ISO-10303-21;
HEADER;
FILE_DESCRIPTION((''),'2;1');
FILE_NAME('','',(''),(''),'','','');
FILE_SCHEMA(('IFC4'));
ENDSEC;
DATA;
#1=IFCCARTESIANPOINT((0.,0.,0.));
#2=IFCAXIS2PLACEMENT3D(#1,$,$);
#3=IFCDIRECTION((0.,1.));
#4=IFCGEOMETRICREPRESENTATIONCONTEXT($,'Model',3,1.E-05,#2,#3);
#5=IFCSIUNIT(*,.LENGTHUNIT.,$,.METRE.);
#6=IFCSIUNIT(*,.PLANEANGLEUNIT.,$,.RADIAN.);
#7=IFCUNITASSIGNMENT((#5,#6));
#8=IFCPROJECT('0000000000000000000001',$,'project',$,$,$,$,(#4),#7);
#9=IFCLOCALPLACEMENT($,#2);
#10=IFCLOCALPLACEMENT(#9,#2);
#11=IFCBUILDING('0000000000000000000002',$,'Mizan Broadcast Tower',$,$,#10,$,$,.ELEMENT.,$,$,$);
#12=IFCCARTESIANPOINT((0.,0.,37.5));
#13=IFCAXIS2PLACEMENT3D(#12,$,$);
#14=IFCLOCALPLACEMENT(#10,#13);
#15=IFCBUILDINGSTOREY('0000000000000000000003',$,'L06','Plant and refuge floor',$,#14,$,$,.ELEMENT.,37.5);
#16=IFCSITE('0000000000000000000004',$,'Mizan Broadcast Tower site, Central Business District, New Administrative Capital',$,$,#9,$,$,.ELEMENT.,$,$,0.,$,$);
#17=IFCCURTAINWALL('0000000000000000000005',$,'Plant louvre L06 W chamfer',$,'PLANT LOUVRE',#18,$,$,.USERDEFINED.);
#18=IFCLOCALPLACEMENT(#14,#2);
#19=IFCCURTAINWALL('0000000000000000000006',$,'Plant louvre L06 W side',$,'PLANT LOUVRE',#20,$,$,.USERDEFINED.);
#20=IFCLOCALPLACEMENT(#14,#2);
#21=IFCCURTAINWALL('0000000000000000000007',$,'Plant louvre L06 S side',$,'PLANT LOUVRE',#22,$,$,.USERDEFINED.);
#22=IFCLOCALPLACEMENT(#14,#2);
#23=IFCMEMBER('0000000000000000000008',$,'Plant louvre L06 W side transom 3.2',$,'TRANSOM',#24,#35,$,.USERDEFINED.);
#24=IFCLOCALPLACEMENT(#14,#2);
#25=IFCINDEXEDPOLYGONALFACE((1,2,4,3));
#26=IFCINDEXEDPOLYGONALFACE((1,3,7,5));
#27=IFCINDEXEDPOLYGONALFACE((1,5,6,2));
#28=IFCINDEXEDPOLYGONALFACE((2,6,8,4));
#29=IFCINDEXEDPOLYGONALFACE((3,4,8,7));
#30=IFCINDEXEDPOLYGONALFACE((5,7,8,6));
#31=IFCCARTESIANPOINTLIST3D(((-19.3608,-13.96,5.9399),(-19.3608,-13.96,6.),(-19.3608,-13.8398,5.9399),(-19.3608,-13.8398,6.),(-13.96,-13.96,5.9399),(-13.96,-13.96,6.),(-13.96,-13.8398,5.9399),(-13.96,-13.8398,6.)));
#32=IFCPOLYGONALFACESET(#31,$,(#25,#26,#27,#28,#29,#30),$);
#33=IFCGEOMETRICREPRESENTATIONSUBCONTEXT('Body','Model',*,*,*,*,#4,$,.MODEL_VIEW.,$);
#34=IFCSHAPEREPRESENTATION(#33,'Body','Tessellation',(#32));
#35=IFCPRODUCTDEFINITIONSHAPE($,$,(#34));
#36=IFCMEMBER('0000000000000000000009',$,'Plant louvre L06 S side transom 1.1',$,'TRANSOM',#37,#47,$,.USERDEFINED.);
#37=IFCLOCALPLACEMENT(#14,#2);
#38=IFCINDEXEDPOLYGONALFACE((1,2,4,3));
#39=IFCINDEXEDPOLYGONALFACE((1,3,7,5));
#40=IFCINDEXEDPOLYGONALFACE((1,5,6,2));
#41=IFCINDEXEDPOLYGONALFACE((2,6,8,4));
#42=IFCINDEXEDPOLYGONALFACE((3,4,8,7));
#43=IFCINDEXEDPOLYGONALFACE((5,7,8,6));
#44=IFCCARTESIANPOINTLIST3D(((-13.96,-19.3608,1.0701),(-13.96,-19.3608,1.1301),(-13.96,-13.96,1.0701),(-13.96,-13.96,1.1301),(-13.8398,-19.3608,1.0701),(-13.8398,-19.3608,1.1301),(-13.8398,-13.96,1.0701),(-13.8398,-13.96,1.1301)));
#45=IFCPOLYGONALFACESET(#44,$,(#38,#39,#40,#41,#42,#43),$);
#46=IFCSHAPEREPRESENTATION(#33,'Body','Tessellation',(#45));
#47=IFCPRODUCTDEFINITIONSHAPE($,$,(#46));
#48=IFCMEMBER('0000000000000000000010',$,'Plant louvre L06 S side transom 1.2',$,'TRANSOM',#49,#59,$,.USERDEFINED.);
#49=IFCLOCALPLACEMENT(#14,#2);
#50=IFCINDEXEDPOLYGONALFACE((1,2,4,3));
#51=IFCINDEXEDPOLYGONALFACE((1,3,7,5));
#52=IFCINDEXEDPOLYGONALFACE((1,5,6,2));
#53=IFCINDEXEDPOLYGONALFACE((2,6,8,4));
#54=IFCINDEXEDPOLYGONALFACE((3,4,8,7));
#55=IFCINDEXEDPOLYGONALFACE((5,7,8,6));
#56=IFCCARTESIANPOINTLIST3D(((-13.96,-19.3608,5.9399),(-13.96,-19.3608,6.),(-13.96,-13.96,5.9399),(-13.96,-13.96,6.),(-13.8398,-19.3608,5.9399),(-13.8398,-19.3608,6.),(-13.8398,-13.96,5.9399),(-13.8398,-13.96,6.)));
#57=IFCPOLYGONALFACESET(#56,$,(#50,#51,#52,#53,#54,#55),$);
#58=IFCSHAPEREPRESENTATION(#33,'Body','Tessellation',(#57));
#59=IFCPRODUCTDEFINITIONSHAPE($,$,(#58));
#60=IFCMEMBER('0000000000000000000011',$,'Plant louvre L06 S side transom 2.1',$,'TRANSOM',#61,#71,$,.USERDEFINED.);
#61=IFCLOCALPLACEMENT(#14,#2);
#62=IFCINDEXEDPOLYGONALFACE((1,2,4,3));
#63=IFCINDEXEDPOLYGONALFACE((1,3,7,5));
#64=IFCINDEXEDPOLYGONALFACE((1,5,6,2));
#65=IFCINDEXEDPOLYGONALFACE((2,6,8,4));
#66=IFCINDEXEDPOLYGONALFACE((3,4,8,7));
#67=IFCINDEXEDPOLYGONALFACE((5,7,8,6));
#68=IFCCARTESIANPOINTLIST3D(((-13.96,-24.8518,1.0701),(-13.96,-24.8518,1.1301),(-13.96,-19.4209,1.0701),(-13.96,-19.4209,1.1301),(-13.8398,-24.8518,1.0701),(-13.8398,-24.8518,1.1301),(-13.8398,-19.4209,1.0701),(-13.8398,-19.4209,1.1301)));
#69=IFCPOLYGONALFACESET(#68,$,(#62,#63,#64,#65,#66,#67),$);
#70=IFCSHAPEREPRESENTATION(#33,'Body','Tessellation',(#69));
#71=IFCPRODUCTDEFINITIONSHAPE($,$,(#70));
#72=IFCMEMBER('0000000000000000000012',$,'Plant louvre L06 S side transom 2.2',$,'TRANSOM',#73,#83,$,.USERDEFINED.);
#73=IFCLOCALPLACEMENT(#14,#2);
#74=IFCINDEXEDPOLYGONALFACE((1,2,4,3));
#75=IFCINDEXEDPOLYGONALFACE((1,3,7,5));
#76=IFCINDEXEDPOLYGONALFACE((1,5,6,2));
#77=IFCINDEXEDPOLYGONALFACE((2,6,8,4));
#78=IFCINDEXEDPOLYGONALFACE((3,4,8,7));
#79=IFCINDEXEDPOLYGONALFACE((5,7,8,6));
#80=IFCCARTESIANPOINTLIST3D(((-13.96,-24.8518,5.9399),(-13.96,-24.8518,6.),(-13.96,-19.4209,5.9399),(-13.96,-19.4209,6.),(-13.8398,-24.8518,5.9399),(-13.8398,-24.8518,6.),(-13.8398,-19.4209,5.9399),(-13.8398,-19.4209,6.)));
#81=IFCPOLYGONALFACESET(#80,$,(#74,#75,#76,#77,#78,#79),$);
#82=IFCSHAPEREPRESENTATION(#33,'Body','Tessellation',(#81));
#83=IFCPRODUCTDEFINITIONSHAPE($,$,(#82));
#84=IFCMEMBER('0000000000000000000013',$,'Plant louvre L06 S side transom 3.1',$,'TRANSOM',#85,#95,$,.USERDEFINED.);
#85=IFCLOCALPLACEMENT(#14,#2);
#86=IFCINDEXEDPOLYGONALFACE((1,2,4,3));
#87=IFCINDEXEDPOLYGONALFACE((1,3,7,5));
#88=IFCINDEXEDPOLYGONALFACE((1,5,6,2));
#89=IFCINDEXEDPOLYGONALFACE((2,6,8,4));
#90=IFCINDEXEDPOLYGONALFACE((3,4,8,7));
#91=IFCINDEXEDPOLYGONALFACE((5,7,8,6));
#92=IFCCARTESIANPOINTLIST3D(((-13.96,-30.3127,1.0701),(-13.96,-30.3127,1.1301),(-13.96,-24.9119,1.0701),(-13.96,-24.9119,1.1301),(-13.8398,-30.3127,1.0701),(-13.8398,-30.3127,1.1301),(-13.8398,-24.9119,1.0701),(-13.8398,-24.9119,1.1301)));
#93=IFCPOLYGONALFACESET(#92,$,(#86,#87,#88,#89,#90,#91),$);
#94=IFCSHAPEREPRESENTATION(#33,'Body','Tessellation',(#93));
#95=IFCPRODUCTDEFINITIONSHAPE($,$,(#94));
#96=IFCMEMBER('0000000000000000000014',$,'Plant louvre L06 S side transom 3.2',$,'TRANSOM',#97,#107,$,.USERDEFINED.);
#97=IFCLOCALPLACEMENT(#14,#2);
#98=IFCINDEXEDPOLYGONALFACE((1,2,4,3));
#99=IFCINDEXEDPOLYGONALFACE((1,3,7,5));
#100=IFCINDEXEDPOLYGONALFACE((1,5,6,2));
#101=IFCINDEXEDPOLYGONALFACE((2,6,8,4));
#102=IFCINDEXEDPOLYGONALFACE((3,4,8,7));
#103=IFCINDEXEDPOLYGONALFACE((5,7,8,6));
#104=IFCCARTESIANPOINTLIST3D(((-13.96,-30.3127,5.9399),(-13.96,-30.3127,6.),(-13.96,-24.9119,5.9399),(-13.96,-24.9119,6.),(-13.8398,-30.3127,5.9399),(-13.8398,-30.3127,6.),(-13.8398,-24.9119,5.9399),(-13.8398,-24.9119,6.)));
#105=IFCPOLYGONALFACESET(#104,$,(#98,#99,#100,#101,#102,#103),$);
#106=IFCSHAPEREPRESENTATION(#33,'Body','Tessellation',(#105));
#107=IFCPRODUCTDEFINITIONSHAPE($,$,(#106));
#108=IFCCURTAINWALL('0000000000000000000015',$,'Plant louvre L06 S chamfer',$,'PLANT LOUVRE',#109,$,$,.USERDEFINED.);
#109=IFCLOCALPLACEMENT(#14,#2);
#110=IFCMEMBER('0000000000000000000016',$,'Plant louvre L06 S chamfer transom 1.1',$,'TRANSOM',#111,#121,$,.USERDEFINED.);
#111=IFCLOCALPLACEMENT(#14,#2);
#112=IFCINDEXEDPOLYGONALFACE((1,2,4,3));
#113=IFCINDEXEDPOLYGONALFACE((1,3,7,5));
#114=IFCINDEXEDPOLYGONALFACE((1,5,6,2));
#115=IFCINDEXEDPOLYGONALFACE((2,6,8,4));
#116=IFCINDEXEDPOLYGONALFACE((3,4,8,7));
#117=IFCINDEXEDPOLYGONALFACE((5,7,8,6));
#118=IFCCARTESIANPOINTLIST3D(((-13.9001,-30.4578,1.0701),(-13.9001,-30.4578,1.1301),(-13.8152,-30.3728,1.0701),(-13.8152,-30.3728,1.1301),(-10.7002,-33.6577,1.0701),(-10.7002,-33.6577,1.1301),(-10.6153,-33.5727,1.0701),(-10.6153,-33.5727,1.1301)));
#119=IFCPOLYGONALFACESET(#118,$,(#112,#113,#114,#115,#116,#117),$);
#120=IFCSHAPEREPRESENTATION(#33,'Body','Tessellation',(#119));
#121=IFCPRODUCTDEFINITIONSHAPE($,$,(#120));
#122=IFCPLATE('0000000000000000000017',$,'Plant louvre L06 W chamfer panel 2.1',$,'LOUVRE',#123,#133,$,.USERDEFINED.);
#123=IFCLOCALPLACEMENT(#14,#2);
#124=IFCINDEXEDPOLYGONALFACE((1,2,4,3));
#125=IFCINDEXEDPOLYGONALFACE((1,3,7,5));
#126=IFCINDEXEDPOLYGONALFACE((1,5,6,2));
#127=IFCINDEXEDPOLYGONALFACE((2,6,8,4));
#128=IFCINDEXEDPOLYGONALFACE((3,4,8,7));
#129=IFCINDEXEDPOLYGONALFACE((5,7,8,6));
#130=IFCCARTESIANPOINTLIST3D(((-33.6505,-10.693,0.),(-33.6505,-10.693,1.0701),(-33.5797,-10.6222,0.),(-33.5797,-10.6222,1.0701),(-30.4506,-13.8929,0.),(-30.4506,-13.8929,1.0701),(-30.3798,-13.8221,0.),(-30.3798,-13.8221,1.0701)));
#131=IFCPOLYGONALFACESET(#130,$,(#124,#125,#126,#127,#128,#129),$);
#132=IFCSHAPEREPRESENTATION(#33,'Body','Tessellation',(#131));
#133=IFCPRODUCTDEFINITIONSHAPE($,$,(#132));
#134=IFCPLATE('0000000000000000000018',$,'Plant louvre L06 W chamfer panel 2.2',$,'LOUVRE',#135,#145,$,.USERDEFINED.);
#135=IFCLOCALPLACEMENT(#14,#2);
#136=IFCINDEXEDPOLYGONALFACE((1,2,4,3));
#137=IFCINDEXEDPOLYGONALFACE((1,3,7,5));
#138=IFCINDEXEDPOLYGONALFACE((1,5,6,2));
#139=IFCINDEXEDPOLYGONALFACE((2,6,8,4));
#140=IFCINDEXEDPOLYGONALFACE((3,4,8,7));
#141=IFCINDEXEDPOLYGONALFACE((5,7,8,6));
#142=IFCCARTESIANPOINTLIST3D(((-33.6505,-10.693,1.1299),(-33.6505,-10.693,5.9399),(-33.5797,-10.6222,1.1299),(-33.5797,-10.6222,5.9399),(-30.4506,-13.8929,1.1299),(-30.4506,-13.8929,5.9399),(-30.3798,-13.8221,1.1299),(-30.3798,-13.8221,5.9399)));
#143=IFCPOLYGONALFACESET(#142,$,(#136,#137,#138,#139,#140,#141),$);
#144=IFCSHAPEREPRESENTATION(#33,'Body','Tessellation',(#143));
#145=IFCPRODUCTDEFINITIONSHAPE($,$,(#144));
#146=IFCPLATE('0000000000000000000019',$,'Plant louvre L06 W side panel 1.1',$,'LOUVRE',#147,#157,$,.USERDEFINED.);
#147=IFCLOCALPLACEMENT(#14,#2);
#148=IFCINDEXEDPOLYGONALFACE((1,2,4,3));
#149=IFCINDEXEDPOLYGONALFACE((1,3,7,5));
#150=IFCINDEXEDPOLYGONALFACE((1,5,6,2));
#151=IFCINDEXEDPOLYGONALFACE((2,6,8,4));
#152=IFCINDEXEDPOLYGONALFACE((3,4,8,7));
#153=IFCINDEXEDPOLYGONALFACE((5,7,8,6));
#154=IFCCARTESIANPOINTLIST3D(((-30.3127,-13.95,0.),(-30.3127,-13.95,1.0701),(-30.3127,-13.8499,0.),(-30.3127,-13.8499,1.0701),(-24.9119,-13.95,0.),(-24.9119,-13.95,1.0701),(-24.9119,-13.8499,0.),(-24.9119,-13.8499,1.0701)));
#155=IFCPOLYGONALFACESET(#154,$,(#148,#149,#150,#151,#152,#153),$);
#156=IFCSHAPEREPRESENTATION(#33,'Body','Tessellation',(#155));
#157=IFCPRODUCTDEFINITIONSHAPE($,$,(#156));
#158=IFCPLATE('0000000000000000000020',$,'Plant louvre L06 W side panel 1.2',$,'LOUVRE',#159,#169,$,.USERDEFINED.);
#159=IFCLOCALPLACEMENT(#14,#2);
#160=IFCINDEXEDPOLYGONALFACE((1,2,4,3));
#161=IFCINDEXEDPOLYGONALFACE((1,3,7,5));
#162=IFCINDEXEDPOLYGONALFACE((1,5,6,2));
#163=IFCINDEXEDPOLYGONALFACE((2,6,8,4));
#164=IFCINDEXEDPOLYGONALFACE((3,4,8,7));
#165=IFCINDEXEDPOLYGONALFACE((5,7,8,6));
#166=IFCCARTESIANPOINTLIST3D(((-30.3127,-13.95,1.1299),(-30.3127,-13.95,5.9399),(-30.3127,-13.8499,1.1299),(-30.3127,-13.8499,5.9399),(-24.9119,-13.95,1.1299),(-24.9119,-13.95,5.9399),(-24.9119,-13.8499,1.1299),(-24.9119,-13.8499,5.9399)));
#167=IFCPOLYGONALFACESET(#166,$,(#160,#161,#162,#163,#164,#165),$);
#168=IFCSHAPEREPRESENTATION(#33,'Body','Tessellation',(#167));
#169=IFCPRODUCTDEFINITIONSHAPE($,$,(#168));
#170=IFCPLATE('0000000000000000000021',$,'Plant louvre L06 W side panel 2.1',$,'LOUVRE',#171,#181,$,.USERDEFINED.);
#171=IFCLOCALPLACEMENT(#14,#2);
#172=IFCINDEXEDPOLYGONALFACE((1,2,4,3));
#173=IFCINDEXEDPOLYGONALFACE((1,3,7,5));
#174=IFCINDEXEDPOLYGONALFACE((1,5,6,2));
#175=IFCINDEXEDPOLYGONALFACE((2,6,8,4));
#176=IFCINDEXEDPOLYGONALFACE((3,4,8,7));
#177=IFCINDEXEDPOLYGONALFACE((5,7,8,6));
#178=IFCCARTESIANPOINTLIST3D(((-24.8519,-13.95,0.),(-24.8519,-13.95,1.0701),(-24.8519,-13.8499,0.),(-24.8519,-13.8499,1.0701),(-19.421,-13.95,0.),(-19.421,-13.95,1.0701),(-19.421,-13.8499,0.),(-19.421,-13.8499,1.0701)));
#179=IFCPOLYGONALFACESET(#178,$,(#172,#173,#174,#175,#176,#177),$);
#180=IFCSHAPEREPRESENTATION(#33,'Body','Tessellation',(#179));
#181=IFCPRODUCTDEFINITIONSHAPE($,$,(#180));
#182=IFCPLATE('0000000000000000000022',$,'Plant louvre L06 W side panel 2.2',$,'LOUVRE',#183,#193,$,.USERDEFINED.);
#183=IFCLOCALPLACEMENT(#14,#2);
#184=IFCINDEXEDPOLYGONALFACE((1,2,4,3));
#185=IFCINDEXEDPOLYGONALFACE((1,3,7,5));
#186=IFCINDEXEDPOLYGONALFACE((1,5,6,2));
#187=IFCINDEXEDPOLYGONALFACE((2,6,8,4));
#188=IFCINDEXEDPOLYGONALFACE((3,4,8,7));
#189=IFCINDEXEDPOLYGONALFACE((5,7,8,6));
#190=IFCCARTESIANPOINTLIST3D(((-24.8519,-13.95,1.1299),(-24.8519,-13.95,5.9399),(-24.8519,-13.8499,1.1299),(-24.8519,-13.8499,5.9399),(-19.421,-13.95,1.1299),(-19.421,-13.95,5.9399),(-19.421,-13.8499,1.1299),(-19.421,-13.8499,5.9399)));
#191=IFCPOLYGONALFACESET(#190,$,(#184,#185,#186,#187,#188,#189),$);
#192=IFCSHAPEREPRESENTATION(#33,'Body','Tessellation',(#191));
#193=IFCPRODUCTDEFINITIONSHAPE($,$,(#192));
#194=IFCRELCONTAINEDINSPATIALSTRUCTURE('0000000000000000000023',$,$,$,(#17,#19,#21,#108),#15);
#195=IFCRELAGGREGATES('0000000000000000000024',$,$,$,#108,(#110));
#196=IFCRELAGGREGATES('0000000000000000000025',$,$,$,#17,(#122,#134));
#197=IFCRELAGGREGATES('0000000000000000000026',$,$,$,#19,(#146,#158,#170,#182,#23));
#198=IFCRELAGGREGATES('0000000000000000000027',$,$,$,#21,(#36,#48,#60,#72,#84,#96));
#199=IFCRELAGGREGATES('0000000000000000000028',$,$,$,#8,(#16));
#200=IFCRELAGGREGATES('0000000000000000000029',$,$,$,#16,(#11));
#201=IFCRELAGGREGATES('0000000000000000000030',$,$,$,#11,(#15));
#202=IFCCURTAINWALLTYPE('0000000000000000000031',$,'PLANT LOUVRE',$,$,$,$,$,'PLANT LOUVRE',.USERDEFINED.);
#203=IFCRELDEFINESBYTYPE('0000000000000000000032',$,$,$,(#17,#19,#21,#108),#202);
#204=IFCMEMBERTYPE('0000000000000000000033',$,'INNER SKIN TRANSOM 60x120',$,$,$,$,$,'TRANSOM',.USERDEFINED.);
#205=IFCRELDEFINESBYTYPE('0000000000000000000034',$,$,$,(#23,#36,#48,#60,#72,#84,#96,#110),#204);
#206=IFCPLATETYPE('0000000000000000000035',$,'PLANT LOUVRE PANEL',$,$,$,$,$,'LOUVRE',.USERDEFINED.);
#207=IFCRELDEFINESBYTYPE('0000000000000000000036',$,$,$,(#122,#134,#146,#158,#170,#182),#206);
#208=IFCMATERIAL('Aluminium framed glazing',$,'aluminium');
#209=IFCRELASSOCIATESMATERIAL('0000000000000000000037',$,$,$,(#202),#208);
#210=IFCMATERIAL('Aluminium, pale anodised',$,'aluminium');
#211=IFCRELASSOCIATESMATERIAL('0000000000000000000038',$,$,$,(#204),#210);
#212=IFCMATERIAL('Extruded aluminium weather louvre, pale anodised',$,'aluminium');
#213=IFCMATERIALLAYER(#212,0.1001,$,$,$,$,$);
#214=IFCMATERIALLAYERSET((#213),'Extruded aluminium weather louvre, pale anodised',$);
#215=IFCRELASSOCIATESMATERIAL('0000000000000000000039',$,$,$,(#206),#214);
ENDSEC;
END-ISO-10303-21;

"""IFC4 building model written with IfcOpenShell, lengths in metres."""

from ifc_helpers import new_model, si_unit, direction, frame, origin, origin_2d, place, context, subcontext, project, spatial, rectangle, extrude, material, layer, layer_set, material_profile, profile_set, type_object, element, aggregate, save


model = new_model("IFC4")

# Units and contexts
model_context = context("Model", 3, precision=1e-05, world=origin(), true_north=direction((0.0, 1.0)))
body_context = subcontext(model_context, "Body", "Model", "MODEL_VIEW")
ifc_project = project(units=[si_unit("LENGTHUNIT", "METRE"), si_unit("PLANEANGLEUNIT", "RADIAN")], contexts=[model_context])

# Site, building, storey
site_placement = place(None, origin())
site = spatial("IfcSite", under=ifc_project, at=site_placement, Name="Mizan Broadcast Tower site, Central Business District, New Administrative Capital", CompositionType="ELEMENT", RefElevation=0.0)
building_placement = place(site_placement, origin())
building = spatial("IfcBuilding", under=site, at=building_placement, Name="Mizan Broadcast Tower", CompositionType="ELEMENT")
storey_placement = place(building_placement, frame((0.0, 0.0, 37.5)))
storey = spatial("IfcBuildingStorey", under=building, at=storey_placement, Name="L06", Description="Plant and refuge floor", CompositionType="ELEMENT", Elevation=37.5)

# Curtain wall
ifc_material_1 = material(Name="Aluminium framed glazing", Category="aluminium")
curtain_wall_type = type_object("IfcCurtainWallType", Name="PLANT LOUVRE", ElementType="PLANT LOUVRE", PredefinedType="USERDEFINED", material=ifc_material_1)
curtain_wall_1_placement = place(storey_placement, origin())
curtain_wall_1 = element("IfcCurtainWall", 1, at=curtain_wall_1_placement, inside=storey, type_object=curtain_wall_type, Name="Plant louvre L06 W chamfer", ObjectType="PLANT LOUVRE", PredefinedType="USERDEFINED")

# Curtain walls
curtain_wall_2_placement = place(storey_placement, origin())
curtain_wall_2 = element("IfcCurtainWall", 2, at=curtain_wall_2_placement, inside=storey, type_object=curtain_wall_type, Name="Plant louvre L06 W side", ObjectType="PLANT LOUVRE", PredefinedType="USERDEFINED")
curtain_wall_3_placement = place(storey_placement, origin())
curtain_wall_3 = element("IfcCurtainWall", 3, at=curtain_wall_3_placement, inside=storey, type_object=curtain_wall_type, Name="Plant louvre L06 S side", ObjectType="PLANT LOUVRE", PredefinedType="USERDEFINED")

# Members
ifc_material_2 = material(Name="Aluminium, pale anodised", Category="aluminium")
ifc_material_profile_1 = material_profile(ifc_material_2, rectangle(XDim=0.1201, YDim=0.0601, at=origin_2d()), Name="TRANSOM 120x60")
ifc_profile_set_1 = profile_set([ifc_material_profile_1], Name="Aluminium, pale anodised")
member_type_1 = type_object("IfcMemberType", Name="INNER SKIN TRANSOM 60x120", ElementType="TRANSOM", PredefinedType="USERDEFINED", material=ifc_profile_set_1)
member_1_placement = place(storey_placement, frame((-19.3608, -13.8999, 5.97), z_axis=(1.0, 0.0, 0.0), x_axis=(0.0, 1.0, 0.0)))
member_1 = element("IfcMember", 4, at=member_1_placement, type_object=member_type_1, Name="Plant louvre L06 W side transom 3.2", ObjectType="TRANSOM", PredefinedType="USERDEFINED", context=body_context, shape_type="SweptSolid", body=[
    extrude(rectangle(XDim=0.1201, YDim=0.0601, at=origin_2d()), origin(), (0.0, 0.0, 1.0), 5.4009),
])
member_2_placement = place(storey_placement, frame((-13.8999, -13.96, 1.1001), z_axis=(0.0, -1.0, 0.0), x_axis=(1.0, 0.0, 0.0)))
member_2 = element("IfcMember", 5, at=member_2_placement, type_object=member_type_1, Name="Plant louvre L06 S side transom 1.1", ObjectType="TRANSOM", PredefinedType="USERDEFINED", context=body_context, shape_type="SweptSolid", body=[
    extrude(rectangle(XDim=0.1201, YDim=0.0601, at=origin_2d()), origin(), (0.0, 0.0, 1.0), 5.4009),
])
member_3_placement = place(storey_placement, frame((-13.8999, -13.96, 5.97), z_axis=(0.0, -1.0, 0.0), x_axis=(1.0, 0.0, 0.0)))
member_3 = element("IfcMember", 6, at=member_3_placement, type_object=member_type_1, Name="Plant louvre L06 S side transom 1.2", ObjectType="TRANSOM", PredefinedType="USERDEFINED", context=body_context, shape_type="SweptSolid", body=[
    extrude(rectangle(XDim=0.1201, YDim=0.0601, at=origin_2d()), origin(), (0.0, 0.0, 1.0), 5.4009),
])
member_4_placement = place(storey_placement, frame((-13.8999, -19.4209, 1.1001), z_axis=(0.0, -1.0, 0.0), x_axis=(1.0, 0.0, 0.0)))
member_4 = element("IfcMember", 7, at=member_4_placement, type_object=member_type_1, Name="Plant louvre L06 S side transom 2.1", ObjectType="TRANSOM", PredefinedType="USERDEFINED", context=body_context, shape_type="SweptSolid", body=[
    extrude(rectangle(XDim=0.1201, YDim=0.0601, at=origin_2d()), origin(), (0.0, 0.0, 1.0), 5.4309),
])
member_5_placement = place(storey_placement, frame((-13.8999, -19.4209, 5.97), z_axis=(0.0, -1.0, 0.0), x_axis=(1.0, 0.0, 0.0)))
member_5 = element("IfcMember", 8, at=member_5_placement, type_object=member_type_1, Name="Plant louvre L06 S side transom 2.2", ObjectType="TRANSOM", PredefinedType="USERDEFINED", context=body_context, shape_type="SweptSolid", body=[
    extrude(rectangle(XDim=0.1201, YDim=0.0601, at=origin_2d()), origin(), (0.0, 0.0, 1.0), 5.4309),
])
member_6_placement = place(storey_placement, frame((-13.8999, -24.9119, 1.1001), z_axis=(0.0, -1.0, 0.0), x_axis=(1.0, 0.0, 0.0)))
member_6 = element("IfcMember", 9, at=member_6_placement, type_object=member_type_1, Name="Plant louvre L06 S side transom 3.1", ObjectType="TRANSOM", PredefinedType="USERDEFINED", context=body_context, shape_type="SweptSolid", body=[
    extrude(rectangle(XDim=0.1201, YDim=0.0601, at=origin_2d()), origin(), (0.0, 0.0, 1.0), 5.4009),
])
member_7_placement = place(storey_placement, frame((-13.8999, -24.9119, 5.97), z_axis=(0.0, -1.0, 0.0), x_axis=(1.0, 0.0, 0.0)))
member_7 = element("IfcMember", 10, at=member_7_placement, type_object=member_type_1, Name="Plant louvre L06 S side transom 3.2", ObjectType="TRANSOM", PredefinedType="USERDEFINED", context=body_context, shape_type="SweptSolid", body=[
    extrude(rectangle(XDim=0.1201, YDim=0.0601, at=origin_2d()), origin(), (0.0, 0.0, 1.0), 5.4009),
])

# Curtain wall, member
curtain_wall_4_placement = place(storey_placement, origin())
curtain_wall_4 = element("IfcCurtainWall", 11, at=curtain_wall_4_placement, inside=storey, type_object=curtain_wall_type, Name="Plant louvre L06 S chamfer", ObjectType="PLANT LOUVRE", PredefinedType="USERDEFINED")
member_8_placement = place(storey_placement, frame((-13.8577, -30.4153, 1.1001), z_axis=(0.707107, -0.707107, 0.0), x_axis=(0.707107, 0.707107, 0.0)))
member_8 = element("IfcMember", 12, at=member_8_placement, type_object=member_type_1, Name="Plant louvre L06 S chamfer transom 1.1", ObjectType="TRANSOM", PredefinedType="USERDEFINED", context=body_context, shape_type="SweptSolid", body=[
    extrude(rectangle(XDim=0.1201, YDim=0.0601, at=origin_2d()), origin(), (0.0, 0.0, 1.0), 4.5254),
])
aggregate(curtain_wall_4, [member_8])

# Plates
ifc_material_3 = material(Name="Extruded aluminium weather louvre, pale anodised", Category="aluminium")
ifc_layer = layer(ifc_material_3, 0.1001)
ifc_layer_set = layer_set([ifc_layer], Name="Extruded aluminium weather louvre, pale anodised")
plate_type = type_object("IfcPlateType", Name="PLANT LOUVRE PANEL", ElementType="LOUVRE", PredefinedType="USERDEFINED", material=ifc_layer_set)
plate_1_placement = place(storey_placement, frame((-32.0151, -12.2576, 0.0), z_axis=(0.0, 0.0, 1.0), x_axis=(0.707107, -0.707107, 0.0)))
plate_1 = element("IfcPlate", 13, at=plate_1_placement, type_object=plate_type, Name="Plant louvre L06 W chamfer panel 2.1", ObjectType="LOUVRE", PredefinedType="USERDEFINED", context=body_context, shape_type="SweptSolid", body=[
    extrude(rectangle(XDim=4.5254, YDim=0.1001, at=origin_2d()), origin(), (0.0, 0.0, 1.0), 1.0701),
])
plate_2_placement = place(storey_placement, frame((-32.0151, -12.2576, 1.1299), z_axis=(0.0, 0.0, 1.0), x_axis=(0.707107, -0.707107, 0.0)))
plate_2 = element("IfcPlate", 14, at=plate_2_placement, type_object=plate_type, Name="Plant louvre L06 W chamfer panel 2.2", ObjectType="LOUVRE", PredefinedType="USERDEFINED", context=body_context, shape_type="SweptSolid", body=[
    extrude(rectangle(XDim=4.5254, YDim=0.1001, at=origin_2d()), origin(), (0.0, 0.0, 1.0), 4.8101),
])
aggregate(curtain_wall_1, [plate_1, plate_2])
plate_3_placement = place(storey_placement, frame((-27.6123, -13.8999, 0.0), z_axis=(0.0, 0.0, 1.0), x_axis=(1.0, 0.0, 0.0)))
plate_3 = element("IfcPlate", 15, at=plate_3_placement, type_object=plate_type, Name="Plant louvre L06 W side panel 1.1", ObjectType="LOUVRE", PredefinedType="USERDEFINED", context=body_context, shape_type="SweptSolid", body=[
    extrude(rectangle(XDim=5.4009, YDim=0.1001, at=origin_2d()), origin(), (0.0, 0.0, 1.0), 1.0701),
])
plate_4_placement = place(storey_placement, frame((-27.6123, -13.8999, 1.1299), z_axis=(0.0, 0.0, 1.0), x_axis=(1.0, 0.0, 0.0)))
plate_4 = element("IfcPlate", 16, at=plate_4_placement, type_object=plate_type, Name="Plant louvre L06 W side panel 1.2", ObjectType="LOUVRE", PredefinedType="USERDEFINED", context=body_context, shape_type="SweptSolid", body=[
    extrude(rectangle(XDim=5.4009, YDim=0.1001, at=origin_2d()), origin(), (0.0, 0.0, 1.0), 4.8101),
])
plate_5_placement = place(storey_placement, frame((-22.1365, -13.8999, 0.0), z_axis=(0.0, 0.0, 1.0), x_axis=(1.0, 0.0, 0.0)))
plate_5 = element("IfcPlate", 17, at=plate_5_placement, type_object=plate_type, Name="Plant louvre L06 W side panel 2.1", ObjectType="LOUVRE", PredefinedType="USERDEFINED", context=body_context, shape_type="SweptSolid", body=[
    extrude(rectangle(XDim=5.4309, YDim=0.1001, at=origin_2d()), origin(), (0.0, 0.0, 1.0), 1.0701),
])
plate_6_placement = place(storey_placement, frame((-22.1365, -13.8999, 1.1299), z_axis=(0.0, 0.0, 1.0), x_axis=(1.0, 0.0, 0.0)))
plate_6 = element("IfcPlate", 18, at=plate_6_placement, type_object=plate_type, Name="Plant louvre L06 W side panel 2.2", ObjectType="LOUVRE", PredefinedType="USERDEFINED", context=body_context, shape_type="SweptSolid", body=[
    extrude(rectangle(XDim=5.4309, YDim=0.1001, at=origin_2d()), origin(), (0.0, 0.0, 1.0), 4.8101),
])
aggregate(curtain_wall_2, [plate_3, plate_4, plate_5, plate_6, member_1])
aggregate(curtain_wall_3, [member_2, member_3, member_4, member_5, member_6, member_7])

save(model, "model.ifc")
